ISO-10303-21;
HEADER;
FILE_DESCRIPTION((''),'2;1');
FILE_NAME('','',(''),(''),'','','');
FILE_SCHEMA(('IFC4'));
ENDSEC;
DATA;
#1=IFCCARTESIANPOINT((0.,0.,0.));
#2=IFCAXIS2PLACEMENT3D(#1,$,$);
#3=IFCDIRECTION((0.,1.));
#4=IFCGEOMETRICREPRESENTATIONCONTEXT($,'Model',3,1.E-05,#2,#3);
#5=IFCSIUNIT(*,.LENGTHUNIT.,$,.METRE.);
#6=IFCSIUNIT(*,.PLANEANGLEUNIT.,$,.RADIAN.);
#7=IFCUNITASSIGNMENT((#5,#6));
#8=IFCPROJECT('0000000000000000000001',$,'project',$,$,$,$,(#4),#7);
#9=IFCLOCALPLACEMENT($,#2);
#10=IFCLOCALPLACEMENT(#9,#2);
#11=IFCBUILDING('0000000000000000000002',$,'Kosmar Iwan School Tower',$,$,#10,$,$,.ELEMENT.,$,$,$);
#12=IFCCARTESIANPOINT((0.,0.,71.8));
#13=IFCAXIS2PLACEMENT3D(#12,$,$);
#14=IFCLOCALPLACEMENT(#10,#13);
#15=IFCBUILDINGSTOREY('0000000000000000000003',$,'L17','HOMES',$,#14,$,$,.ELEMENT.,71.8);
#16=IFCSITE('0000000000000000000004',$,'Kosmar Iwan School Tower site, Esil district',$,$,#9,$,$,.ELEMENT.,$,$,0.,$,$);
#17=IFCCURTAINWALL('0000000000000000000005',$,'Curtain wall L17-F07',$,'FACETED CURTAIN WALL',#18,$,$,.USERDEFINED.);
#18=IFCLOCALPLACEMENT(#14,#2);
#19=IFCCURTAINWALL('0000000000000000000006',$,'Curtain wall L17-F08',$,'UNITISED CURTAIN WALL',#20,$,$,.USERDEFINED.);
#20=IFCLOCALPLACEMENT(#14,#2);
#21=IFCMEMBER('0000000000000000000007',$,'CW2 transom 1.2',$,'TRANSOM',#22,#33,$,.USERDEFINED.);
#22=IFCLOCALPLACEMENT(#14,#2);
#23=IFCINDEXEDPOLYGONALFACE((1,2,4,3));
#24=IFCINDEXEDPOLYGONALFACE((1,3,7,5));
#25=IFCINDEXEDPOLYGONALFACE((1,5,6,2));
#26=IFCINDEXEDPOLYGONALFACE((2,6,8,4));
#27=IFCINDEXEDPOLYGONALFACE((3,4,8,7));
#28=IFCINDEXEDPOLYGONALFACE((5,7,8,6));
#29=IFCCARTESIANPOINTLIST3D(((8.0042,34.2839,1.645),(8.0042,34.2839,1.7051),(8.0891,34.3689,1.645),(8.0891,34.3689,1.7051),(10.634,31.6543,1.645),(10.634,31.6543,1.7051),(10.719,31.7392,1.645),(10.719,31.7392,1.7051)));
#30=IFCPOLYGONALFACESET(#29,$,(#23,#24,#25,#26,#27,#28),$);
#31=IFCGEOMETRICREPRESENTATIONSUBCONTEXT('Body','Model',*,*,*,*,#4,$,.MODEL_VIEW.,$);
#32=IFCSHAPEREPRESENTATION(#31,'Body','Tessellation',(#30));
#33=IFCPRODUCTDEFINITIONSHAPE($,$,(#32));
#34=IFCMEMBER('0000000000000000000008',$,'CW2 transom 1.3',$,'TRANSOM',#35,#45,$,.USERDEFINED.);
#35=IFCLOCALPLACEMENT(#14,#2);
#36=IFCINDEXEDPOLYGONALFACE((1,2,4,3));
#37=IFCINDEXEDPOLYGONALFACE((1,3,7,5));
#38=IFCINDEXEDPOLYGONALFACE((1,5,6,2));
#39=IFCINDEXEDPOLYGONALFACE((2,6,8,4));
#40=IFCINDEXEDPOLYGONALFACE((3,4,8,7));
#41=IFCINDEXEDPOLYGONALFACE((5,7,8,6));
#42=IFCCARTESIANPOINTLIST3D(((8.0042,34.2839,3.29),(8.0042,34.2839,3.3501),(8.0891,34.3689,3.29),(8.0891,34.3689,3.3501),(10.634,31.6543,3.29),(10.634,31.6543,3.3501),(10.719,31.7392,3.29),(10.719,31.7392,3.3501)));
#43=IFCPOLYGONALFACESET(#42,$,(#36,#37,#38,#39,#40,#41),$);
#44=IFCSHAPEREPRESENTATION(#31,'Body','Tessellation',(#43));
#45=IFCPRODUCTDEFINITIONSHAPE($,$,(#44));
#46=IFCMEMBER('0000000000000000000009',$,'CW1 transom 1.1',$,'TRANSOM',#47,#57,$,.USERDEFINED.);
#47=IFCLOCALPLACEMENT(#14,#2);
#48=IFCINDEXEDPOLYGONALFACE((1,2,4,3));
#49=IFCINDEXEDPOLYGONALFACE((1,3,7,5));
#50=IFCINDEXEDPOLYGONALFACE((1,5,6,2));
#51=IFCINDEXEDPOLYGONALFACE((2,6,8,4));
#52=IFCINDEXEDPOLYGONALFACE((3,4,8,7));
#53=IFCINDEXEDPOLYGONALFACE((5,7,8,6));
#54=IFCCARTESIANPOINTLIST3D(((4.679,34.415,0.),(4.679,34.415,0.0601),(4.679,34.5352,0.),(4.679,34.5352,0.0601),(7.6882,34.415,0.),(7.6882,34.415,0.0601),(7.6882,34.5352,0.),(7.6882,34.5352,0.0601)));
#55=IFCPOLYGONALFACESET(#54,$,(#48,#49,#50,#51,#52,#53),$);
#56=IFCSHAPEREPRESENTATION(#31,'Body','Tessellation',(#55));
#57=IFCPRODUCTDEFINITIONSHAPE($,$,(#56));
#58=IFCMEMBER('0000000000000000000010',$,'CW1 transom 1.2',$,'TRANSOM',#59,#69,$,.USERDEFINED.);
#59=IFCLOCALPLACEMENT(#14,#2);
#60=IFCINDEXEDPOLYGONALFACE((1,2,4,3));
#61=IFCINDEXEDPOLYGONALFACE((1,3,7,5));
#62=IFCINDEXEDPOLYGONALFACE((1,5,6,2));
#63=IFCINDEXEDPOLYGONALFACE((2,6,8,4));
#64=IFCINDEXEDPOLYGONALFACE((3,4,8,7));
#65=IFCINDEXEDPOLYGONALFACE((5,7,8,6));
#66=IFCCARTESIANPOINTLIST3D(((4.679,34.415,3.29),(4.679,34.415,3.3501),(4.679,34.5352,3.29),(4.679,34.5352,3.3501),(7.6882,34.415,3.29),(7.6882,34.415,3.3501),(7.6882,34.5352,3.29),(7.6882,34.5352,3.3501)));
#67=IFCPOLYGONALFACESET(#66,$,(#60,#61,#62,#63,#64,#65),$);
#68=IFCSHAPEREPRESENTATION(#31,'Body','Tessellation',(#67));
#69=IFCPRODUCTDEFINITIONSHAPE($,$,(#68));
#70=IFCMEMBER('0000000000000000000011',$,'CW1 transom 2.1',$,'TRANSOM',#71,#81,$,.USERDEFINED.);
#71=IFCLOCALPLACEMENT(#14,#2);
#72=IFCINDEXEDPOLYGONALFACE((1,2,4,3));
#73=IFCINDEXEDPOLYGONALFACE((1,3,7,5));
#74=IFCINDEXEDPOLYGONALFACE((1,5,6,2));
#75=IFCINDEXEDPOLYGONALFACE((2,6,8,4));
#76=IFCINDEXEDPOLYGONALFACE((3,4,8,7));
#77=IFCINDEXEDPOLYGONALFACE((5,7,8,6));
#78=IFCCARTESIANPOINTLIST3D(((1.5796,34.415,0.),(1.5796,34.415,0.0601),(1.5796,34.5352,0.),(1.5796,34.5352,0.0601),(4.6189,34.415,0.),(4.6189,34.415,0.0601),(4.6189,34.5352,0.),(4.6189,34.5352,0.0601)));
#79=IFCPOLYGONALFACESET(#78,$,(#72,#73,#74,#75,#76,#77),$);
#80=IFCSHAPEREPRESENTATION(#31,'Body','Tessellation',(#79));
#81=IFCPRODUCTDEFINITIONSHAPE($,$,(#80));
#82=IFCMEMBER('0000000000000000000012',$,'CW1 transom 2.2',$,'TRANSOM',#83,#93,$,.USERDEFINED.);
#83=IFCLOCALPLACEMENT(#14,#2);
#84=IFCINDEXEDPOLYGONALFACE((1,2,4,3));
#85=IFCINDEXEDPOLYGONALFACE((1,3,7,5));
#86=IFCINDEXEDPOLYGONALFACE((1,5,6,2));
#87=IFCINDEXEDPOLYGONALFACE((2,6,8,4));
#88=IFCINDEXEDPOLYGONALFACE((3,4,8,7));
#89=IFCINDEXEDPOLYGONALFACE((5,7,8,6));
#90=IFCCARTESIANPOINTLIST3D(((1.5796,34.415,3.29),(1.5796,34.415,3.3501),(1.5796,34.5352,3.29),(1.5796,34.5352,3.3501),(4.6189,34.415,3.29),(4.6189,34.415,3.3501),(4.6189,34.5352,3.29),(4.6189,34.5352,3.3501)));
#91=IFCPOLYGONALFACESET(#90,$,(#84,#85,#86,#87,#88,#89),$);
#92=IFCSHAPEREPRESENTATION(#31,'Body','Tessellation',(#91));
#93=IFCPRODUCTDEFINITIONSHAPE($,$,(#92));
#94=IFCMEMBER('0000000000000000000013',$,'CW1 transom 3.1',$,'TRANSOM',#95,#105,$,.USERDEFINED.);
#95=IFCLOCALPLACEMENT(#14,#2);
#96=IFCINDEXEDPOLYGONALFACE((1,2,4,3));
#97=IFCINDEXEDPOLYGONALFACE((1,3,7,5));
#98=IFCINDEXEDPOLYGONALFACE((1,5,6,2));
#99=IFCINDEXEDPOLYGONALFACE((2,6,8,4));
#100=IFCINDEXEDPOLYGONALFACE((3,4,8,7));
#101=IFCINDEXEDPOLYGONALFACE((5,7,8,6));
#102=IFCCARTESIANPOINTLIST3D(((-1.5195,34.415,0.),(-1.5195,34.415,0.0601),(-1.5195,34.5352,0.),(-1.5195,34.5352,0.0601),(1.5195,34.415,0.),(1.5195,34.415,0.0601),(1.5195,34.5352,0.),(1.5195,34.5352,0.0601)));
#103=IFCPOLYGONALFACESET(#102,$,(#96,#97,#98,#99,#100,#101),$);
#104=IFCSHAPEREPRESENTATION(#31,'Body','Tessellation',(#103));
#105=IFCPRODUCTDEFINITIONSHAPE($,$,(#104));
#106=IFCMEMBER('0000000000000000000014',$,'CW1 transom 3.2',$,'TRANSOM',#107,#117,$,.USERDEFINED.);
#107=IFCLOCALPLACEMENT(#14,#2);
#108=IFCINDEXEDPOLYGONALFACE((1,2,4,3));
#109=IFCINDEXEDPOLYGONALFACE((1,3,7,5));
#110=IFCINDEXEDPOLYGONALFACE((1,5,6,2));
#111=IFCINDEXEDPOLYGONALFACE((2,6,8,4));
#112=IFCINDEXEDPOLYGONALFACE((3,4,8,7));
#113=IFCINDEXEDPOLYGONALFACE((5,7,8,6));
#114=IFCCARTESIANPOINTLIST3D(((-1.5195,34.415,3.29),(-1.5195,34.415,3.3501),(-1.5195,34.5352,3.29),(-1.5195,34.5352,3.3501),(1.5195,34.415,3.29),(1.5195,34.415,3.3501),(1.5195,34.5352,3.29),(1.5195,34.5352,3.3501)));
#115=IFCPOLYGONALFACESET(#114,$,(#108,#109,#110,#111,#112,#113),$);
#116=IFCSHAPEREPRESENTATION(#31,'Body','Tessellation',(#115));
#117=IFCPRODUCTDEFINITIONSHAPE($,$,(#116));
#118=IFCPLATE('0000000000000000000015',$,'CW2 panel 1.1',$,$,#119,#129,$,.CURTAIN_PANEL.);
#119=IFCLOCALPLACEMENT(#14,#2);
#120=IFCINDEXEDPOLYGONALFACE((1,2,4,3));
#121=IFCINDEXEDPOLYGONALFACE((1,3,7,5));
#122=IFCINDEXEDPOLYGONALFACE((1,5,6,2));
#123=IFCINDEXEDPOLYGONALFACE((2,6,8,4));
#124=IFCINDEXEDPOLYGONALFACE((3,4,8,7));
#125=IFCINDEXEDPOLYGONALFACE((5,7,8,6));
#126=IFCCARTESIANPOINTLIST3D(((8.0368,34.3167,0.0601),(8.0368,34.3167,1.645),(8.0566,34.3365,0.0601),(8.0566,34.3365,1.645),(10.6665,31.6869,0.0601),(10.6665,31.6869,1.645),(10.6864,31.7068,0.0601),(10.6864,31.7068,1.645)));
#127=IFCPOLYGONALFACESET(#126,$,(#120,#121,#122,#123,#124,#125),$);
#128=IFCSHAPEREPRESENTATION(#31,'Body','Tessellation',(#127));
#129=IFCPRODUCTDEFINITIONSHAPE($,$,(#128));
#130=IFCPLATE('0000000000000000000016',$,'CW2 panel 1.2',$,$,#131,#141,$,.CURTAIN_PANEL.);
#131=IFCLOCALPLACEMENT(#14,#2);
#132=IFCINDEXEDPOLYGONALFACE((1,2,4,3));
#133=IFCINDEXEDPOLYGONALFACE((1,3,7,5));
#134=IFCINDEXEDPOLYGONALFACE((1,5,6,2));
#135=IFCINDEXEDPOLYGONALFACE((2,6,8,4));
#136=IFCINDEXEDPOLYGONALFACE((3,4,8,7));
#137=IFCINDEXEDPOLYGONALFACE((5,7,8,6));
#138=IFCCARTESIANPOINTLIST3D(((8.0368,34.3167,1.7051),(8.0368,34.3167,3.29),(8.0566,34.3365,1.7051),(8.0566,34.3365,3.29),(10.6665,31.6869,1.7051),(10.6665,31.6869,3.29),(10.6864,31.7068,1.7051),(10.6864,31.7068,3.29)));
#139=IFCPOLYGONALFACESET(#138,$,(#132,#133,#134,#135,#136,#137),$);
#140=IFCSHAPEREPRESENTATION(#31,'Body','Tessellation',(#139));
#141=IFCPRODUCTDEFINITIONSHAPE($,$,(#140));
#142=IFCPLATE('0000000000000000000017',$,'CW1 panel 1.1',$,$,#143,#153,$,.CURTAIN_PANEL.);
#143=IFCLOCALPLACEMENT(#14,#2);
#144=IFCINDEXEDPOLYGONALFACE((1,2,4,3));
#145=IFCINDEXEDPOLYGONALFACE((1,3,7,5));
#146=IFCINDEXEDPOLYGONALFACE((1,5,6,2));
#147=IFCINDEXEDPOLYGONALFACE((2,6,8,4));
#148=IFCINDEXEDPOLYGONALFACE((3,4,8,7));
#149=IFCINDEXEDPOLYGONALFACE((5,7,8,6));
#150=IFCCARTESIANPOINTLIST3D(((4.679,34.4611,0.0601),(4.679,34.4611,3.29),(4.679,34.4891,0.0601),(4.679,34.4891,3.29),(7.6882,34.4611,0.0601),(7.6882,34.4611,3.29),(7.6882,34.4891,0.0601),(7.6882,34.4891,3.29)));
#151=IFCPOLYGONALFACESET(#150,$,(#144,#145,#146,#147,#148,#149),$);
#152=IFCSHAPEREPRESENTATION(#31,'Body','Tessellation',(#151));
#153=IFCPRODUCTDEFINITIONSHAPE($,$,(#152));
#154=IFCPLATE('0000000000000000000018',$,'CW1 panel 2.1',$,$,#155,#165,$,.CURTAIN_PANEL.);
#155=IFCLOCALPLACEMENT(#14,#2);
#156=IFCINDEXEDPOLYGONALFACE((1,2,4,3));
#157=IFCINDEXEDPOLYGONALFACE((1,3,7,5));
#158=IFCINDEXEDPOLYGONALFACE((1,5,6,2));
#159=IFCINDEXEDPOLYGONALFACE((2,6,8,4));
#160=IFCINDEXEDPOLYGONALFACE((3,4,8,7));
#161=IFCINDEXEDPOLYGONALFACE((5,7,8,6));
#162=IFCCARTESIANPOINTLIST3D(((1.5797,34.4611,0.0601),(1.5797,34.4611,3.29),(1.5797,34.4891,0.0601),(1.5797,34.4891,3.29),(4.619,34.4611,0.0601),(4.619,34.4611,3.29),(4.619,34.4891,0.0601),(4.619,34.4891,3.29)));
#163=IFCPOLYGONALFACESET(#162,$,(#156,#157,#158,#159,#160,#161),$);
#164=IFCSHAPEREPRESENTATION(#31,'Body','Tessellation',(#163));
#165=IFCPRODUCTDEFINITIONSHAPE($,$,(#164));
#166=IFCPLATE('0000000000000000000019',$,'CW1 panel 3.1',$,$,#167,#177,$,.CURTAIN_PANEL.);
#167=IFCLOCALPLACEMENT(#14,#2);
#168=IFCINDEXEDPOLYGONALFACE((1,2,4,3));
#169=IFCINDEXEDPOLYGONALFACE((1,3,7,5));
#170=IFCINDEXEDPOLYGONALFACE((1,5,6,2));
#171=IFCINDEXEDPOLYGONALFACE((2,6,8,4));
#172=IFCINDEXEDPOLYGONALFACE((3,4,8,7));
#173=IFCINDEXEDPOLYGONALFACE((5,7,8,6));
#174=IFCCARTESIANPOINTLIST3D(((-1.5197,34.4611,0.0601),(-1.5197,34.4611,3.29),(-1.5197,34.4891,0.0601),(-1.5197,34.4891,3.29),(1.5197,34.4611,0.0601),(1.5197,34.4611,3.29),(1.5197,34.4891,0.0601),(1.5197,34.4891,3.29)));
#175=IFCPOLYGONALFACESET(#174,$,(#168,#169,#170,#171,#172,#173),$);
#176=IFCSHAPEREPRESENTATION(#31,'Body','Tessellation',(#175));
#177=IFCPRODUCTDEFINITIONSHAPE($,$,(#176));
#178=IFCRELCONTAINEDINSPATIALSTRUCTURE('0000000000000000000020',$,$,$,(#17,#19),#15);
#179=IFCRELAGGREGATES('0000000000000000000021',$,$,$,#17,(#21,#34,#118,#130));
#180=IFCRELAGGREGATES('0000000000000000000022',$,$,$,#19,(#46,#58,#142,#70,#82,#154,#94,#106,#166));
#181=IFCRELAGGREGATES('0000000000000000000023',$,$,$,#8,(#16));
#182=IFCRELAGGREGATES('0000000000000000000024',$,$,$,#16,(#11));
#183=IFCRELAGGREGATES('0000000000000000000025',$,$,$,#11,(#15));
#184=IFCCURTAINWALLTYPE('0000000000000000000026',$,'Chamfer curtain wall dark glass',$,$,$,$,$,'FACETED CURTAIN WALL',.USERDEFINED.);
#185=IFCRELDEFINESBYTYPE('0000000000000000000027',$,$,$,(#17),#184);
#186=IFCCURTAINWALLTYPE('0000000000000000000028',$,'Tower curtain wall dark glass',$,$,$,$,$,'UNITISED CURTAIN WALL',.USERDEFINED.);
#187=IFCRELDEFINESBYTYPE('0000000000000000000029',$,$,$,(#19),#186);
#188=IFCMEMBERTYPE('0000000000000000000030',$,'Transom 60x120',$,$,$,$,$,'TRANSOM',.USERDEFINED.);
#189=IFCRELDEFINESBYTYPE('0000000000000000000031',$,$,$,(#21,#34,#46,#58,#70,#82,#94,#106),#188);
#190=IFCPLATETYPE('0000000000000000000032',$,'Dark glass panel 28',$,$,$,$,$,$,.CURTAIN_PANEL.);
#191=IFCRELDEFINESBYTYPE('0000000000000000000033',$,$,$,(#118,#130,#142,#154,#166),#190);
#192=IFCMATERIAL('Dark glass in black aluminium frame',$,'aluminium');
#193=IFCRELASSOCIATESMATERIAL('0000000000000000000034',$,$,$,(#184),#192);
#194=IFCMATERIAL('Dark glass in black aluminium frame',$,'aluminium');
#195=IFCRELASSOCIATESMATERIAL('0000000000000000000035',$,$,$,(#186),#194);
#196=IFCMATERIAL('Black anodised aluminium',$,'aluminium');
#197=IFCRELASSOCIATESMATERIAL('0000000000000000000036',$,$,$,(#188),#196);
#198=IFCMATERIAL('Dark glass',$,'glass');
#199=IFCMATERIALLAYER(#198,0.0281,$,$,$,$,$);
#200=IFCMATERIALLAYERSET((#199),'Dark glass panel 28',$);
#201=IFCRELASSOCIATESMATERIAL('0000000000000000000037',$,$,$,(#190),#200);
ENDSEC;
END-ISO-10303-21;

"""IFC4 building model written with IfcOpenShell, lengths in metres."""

from ifc_helpers import new_model, si_unit, direction, frame, origin, origin_2d, place, context, subcontext, project, spatial, rectangle, extrude, material, layer, layer_set, material_profile, profile_set, type_object, element, aggregate, save


model = new_model("IFC4")

# Units and contexts
model_context = context("Model", 3, precision=1e-05, world=origin(), true_north=direction((0.0, 1.0)))
body_context = subcontext(model_context, "Body", "Model", "MODEL_VIEW")
ifc_project = project(units=[si_unit("LENGTHUNIT", "METRE"), si_unit("PLANEANGLEUNIT", "RADIAN")], contexts=[model_context])

# Site, building, storey
site_placement = place(None, origin())
site = spatial("IfcSite", under=ifc_project, at=site_placement, Name="Kosmar Iwan School Tower site, Esil district", CompositionType="ELEMENT", RefElevation=0.0)
building_placement = place(site_placement, origin())
building = spatial("IfcBuilding", under=site, at=building_placement, Name="Kosmar Iwan School Tower", CompositionType="ELEMENT")
storey_placement = place(building_placement, frame((0.0, 0.0, 71.8)))
storey = spatial("IfcBuildingStorey", under=building, at=storey_placement, Name="L17", Description="HOMES", CompositionType="ELEMENT", Elevation=71.8)

# Curtain walls
ifc_material_1 = material(Name="Dark glass in black aluminium frame", Category="aluminium")
curtain_wall_type_1 = type_object("IfcCurtainWallType", Name="Chamfer curtain wall dark glass", ElementType="FACETED CURTAIN WALL", PredefinedType="USERDEFINED", material=ifc_material_1)
curtain_wall_1_placement = place(storey_placement, origin())
curtain_wall_1 = element("IfcCurtainWall", 1, at=curtain_wall_1_placement, inside=storey, type_object=curtain_wall_type_1, Name="Curtain wall L17-F07", ObjectType="FACETED CURTAIN WALL", PredefinedType="USERDEFINED")
ifc_material_2 = material(Name="Dark glass in black aluminium frame", Category="aluminium")
curtain_wall_type_2 = type_object("IfcCurtainWallType", Name="Tower curtain wall dark glass", ElementType="UNITISED CURTAIN WALL", PredefinedType="USERDEFINED", material=ifc_material_2)
curtain_wall_2_placement = place(storey_placement, origin())
curtain_wall_2 = element("IfcCurtainWall", 2, at=curtain_wall_2_placement, inside=storey, type_object=curtain_wall_type_2, Name="Curtain wall L17-F08", ObjectType="UNITISED CURTAIN WALL", PredefinedType="USERDEFINED")

# Members
ifc_material_3 = material(Name="Black anodised aluminium", Category="aluminium")
ifc_material_profile_1 = material_profile(ifc_material_3, rectangle(XDim=0.1201, YDim=0.0601, at=origin_2d()), Name="TRANSOM 60x120")
ifc_profile_set_1 = profile_set([ifc_material_profile_1], Name="Black anodised aluminium")
member_type_1 = type_object("IfcMemberType", Name="Transom 60x120", ElementType="TRANSOM", PredefinedType="USERDEFINED", material=ifc_profile_set_1)
member_1_placement = place(storey_placement, frame((10.6765, 31.6968, 1.675), z_axis=(-0.70714, 0.707074, 0.0), x_axis=(-0.707074, -0.70714, 0.0)))
member_1 = element("IfcMember", 3, at=member_1_placement, type_object=member_type_1, Name="CW2 transom 1.2", ObjectType="TRANSOM", PredefinedType="USERDEFINED", context=body_context, shape_type="SweptSolid", body=[
    extrude(rectangle(XDim=0.1201, YDim=0.0601, at=origin_2d()), origin(), (0.0, 0.0, 1.0), 3.719),
])
member_2_placement = place(storey_placement, frame((10.6765, 31.6968, 3.3201), z_axis=(-0.70714, 0.707074, 0.0), x_axis=(-0.707074, -0.70714, 0.0)))
member_2 = element("IfcMember", 4, at=member_2_placement, type_object=member_type_1, Name="CW2 transom 1.3", ObjectType="TRANSOM", PredefinedType="USERDEFINED", context=body_context, shape_type="SweptSolid", body=[
    extrude(rectangle(XDim=0.1201, YDim=0.0601, at=origin_2d()), origin(), (0.0, 0.0, 1.0), 3.719),
])
member_3_placement = place(storey_placement, frame((7.6882, 34.4751, 0.03), z_axis=(-1.0, 0.0, 0.0), x_axis=(0.0, -1.0, 0.0)))
member_3 = element("IfcMember", 5, at=member_3_placement, type_object=member_type_1, Name="CW1 transom 1.1", ObjectType="TRANSOM", PredefinedType="USERDEFINED", context=body_context, shape_type="SweptSolid", body=[
    extrude(rectangle(XDim=0.1201, YDim=0.0601, at=origin_2d()), origin(), (0.0, 0.0, 1.0), 3.0093),
])
member_4_placement = place(storey_placement, frame((7.6882, 34.4751, 3.3201), z_axis=(-1.0, 0.0, 0.0), x_axis=(0.0, -1.0, 0.0)))
member_4 = element("IfcMember", 6, at=member_4_placement, type_object=member_type_1, Name="CW1 transom 1.2", ObjectType="TRANSOM", PredefinedType="USERDEFINED", context=body_context, shape_type="SweptSolid", body=[
    extrude(rectangle(XDim=0.1201, YDim=0.0601, at=origin_2d()), origin(), (0.0, 0.0, 1.0), 3.0093),
])
member_5_placement = place(storey_placement, frame((4.6189, 34.4751, 0.03), z_axis=(-1.0, 0.0, 0.0), x_axis=(0.0, -1.0, 0.0)))
member_5 = element("IfcMember", 7, at=member_5_placement, type_object=member_type_1, Name="CW1 transom 2.1", ObjectType="TRANSOM", PredefinedType="USERDEFINED", context=body_context, shape_type="SweptSolid", body=[
    extrude(rectangle(XDim=0.1201, YDim=0.0601, at=origin_2d()), origin(), (0.0, 0.0, 1.0), 3.0393),
])
member_6_placement = place(storey_placement, frame((4.6189, 34.4751, 3.3201), z_axis=(-1.0, 0.0, 0.0), x_axis=(0.0, -1.0, 0.0)))
member_6 = element("IfcMember", 8, at=member_6_placement, type_object=member_type_1, Name="CW1 transom 2.2", ObjectType="TRANSOM", PredefinedType="USERDEFINED", context=body_context, shape_type="SweptSolid", body=[
    extrude(rectangle(XDim=0.1201, YDim=0.0601, at=origin_2d()), origin(), (0.0, 0.0, 1.0), 3.0393),
])
member_7_placement = place(storey_placement, frame((1.5195, 34.4751, 0.03), z_axis=(-1.0, 0.0, 0.0), x_axis=(0.0, -1.0, 0.0)))
member_7 = element("IfcMember", 9, at=member_7_placement, type_object=member_type_1, Name="CW1 transom 3.1", ObjectType="TRANSOM", PredefinedType="USERDEFINED", context=body_context, shape_type="SweptSolid", body=[
    extrude(rectangle(XDim=0.1201, YDim=0.0601, at=origin_2d()), origin(), (0.0, 0.0, 1.0), 3.0391),
])
member_8_placement = place(storey_placement, frame((1.5195, 34.4751, 3.3201), z_axis=(-1.0, 0.0, 0.0), x_axis=(0.0, -1.0, 0.0)))
member_8 = element("IfcMember", 10, at=member_8_placement, type_object=member_type_1, Name="CW1 transom 3.2", ObjectType="TRANSOM", PredefinedType="USERDEFINED", context=body_context, shape_type="SweptSolid", body=[
    extrude(rectangle(XDim=0.1201, YDim=0.0601, at=origin_2d()), origin(), (0.0, 0.0, 1.0), 3.0391),
])

# Plates
ifc_material_4 = material(Name="Dark glass", Category="glass")
ifc_layer_1 = layer(ifc_material_4, 0.0281)
ifc_layer_set_1 = layer_set([ifc_layer_1], Name="Dark glass panel 28")
plate_type = type_object("IfcPlateType", Name="Dark glass panel 28", PredefinedType="CURTAIN_PANEL", material=ifc_layer_set_1)
plate_1_placement = place(storey_placement, frame((9.3616, 33.0117, 0.0601), z_axis=(0.0, 0.0, 1.0), x_axis=(-0.707107, 0.707107, 0.0)))
plate_1 = element("IfcPlate", 11, at=plate_1_placement, type_object=plate_type, Name="CW2 panel 1.1", PredefinedType="CURTAIN_PANEL", context=body_context, shape_type="SweptSolid", body=[
    extrude(rectangle(XDim=3.719, YDim=0.0281, at=origin_2d()), origin(), (0.0, 0.0, 1.0), 1.585),
])
plate_2_placement = place(storey_placement, frame((9.3616, 33.0117, 1.7051), z_axis=(0.0, 0.0, 1.0), x_axis=(-0.707107, 0.707107, 0.0)))
plate_2 = element("IfcPlate", 12, at=plate_2_placement, type_object=plate_type, Name="CW2 panel 1.2", PredefinedType="CURTAIN_PANEL", context=body_context, shape_type="SweptSolid", body=[
    extrude(rectangle(XDim=3.719, YDim=0.0281, at=origin_2d()), origin(), (0.0, 0.0, 1.0), 1.585),
])
aggregate(curtain_wall_1, [member_1, member_2, plate_1, plate_2])
plate_3_placement = place(storey_placement, frame((6.1836, 34.4751, 0.0601), z_axis=(0.0, 0.0, 1.0), x_axis=(-1.0, 0.0, 0.0)))
plate_3 = element("IfcPlate", 13, at=plate_3_placement, type_object=plate_type, Name="CW1 panel 1.1", PredefinedType="CURTAIN_PANEL", context=body_context, shape_type="SweptSolid", body=[
    extrude(rectangle(XDim=3.0093, YDim=0.0281, at=origin_2d()), origin(), (0.0, 0.0, 1.0), 3.23),
])
plate_4_placement = place(storey_placement, frame((3.0994, 34.4751, 0.0601), z_axis=(0.0, 0.0, 1.0), x_axis=(-1.0, 0.0, 0.0)))
plate_4 = element("IfcPlate", 14, at=plate_4_placement, type_object=plate_type, Name="CW1 panel 2.1", PredefinedType="CURTAIN_PANEL", context=body_context, shape_type="SweptSolid", body=[
    extrude(rectangle(XDim=3.0393, YDim=0.0281, at=origin_2d()), origin(), (0.0, 0.0, 1.0), 3.23),
])
plate_5_placement = place(storey_placement, frame((0.0, 34.4751, 0.0601), z_axis=(0.0, 0.0, 1.0), x_axis=(-1.0, 0.0, 0.0)))
plate_5 = element("IfcPlate", 15, at=plate_5_placement, type_object=plate_type, Name="CW1 panel 3.1", PredefinedType="CURTAIN_PANEL", context=body_context, shape_type="SweptSolid", body=[
    extrude(rectangle(XDim=3.0393, YDim=0.0281, at=origin_2d()), origin(), (0.0, 0.0, 1.0), 3.23),
])
aggregate(curtain_wall_2, [member_3, member_4, plate_3, member_5, member_6, plate_4, member_7, member_8, plate_5])

save(model, "model.ifc")
